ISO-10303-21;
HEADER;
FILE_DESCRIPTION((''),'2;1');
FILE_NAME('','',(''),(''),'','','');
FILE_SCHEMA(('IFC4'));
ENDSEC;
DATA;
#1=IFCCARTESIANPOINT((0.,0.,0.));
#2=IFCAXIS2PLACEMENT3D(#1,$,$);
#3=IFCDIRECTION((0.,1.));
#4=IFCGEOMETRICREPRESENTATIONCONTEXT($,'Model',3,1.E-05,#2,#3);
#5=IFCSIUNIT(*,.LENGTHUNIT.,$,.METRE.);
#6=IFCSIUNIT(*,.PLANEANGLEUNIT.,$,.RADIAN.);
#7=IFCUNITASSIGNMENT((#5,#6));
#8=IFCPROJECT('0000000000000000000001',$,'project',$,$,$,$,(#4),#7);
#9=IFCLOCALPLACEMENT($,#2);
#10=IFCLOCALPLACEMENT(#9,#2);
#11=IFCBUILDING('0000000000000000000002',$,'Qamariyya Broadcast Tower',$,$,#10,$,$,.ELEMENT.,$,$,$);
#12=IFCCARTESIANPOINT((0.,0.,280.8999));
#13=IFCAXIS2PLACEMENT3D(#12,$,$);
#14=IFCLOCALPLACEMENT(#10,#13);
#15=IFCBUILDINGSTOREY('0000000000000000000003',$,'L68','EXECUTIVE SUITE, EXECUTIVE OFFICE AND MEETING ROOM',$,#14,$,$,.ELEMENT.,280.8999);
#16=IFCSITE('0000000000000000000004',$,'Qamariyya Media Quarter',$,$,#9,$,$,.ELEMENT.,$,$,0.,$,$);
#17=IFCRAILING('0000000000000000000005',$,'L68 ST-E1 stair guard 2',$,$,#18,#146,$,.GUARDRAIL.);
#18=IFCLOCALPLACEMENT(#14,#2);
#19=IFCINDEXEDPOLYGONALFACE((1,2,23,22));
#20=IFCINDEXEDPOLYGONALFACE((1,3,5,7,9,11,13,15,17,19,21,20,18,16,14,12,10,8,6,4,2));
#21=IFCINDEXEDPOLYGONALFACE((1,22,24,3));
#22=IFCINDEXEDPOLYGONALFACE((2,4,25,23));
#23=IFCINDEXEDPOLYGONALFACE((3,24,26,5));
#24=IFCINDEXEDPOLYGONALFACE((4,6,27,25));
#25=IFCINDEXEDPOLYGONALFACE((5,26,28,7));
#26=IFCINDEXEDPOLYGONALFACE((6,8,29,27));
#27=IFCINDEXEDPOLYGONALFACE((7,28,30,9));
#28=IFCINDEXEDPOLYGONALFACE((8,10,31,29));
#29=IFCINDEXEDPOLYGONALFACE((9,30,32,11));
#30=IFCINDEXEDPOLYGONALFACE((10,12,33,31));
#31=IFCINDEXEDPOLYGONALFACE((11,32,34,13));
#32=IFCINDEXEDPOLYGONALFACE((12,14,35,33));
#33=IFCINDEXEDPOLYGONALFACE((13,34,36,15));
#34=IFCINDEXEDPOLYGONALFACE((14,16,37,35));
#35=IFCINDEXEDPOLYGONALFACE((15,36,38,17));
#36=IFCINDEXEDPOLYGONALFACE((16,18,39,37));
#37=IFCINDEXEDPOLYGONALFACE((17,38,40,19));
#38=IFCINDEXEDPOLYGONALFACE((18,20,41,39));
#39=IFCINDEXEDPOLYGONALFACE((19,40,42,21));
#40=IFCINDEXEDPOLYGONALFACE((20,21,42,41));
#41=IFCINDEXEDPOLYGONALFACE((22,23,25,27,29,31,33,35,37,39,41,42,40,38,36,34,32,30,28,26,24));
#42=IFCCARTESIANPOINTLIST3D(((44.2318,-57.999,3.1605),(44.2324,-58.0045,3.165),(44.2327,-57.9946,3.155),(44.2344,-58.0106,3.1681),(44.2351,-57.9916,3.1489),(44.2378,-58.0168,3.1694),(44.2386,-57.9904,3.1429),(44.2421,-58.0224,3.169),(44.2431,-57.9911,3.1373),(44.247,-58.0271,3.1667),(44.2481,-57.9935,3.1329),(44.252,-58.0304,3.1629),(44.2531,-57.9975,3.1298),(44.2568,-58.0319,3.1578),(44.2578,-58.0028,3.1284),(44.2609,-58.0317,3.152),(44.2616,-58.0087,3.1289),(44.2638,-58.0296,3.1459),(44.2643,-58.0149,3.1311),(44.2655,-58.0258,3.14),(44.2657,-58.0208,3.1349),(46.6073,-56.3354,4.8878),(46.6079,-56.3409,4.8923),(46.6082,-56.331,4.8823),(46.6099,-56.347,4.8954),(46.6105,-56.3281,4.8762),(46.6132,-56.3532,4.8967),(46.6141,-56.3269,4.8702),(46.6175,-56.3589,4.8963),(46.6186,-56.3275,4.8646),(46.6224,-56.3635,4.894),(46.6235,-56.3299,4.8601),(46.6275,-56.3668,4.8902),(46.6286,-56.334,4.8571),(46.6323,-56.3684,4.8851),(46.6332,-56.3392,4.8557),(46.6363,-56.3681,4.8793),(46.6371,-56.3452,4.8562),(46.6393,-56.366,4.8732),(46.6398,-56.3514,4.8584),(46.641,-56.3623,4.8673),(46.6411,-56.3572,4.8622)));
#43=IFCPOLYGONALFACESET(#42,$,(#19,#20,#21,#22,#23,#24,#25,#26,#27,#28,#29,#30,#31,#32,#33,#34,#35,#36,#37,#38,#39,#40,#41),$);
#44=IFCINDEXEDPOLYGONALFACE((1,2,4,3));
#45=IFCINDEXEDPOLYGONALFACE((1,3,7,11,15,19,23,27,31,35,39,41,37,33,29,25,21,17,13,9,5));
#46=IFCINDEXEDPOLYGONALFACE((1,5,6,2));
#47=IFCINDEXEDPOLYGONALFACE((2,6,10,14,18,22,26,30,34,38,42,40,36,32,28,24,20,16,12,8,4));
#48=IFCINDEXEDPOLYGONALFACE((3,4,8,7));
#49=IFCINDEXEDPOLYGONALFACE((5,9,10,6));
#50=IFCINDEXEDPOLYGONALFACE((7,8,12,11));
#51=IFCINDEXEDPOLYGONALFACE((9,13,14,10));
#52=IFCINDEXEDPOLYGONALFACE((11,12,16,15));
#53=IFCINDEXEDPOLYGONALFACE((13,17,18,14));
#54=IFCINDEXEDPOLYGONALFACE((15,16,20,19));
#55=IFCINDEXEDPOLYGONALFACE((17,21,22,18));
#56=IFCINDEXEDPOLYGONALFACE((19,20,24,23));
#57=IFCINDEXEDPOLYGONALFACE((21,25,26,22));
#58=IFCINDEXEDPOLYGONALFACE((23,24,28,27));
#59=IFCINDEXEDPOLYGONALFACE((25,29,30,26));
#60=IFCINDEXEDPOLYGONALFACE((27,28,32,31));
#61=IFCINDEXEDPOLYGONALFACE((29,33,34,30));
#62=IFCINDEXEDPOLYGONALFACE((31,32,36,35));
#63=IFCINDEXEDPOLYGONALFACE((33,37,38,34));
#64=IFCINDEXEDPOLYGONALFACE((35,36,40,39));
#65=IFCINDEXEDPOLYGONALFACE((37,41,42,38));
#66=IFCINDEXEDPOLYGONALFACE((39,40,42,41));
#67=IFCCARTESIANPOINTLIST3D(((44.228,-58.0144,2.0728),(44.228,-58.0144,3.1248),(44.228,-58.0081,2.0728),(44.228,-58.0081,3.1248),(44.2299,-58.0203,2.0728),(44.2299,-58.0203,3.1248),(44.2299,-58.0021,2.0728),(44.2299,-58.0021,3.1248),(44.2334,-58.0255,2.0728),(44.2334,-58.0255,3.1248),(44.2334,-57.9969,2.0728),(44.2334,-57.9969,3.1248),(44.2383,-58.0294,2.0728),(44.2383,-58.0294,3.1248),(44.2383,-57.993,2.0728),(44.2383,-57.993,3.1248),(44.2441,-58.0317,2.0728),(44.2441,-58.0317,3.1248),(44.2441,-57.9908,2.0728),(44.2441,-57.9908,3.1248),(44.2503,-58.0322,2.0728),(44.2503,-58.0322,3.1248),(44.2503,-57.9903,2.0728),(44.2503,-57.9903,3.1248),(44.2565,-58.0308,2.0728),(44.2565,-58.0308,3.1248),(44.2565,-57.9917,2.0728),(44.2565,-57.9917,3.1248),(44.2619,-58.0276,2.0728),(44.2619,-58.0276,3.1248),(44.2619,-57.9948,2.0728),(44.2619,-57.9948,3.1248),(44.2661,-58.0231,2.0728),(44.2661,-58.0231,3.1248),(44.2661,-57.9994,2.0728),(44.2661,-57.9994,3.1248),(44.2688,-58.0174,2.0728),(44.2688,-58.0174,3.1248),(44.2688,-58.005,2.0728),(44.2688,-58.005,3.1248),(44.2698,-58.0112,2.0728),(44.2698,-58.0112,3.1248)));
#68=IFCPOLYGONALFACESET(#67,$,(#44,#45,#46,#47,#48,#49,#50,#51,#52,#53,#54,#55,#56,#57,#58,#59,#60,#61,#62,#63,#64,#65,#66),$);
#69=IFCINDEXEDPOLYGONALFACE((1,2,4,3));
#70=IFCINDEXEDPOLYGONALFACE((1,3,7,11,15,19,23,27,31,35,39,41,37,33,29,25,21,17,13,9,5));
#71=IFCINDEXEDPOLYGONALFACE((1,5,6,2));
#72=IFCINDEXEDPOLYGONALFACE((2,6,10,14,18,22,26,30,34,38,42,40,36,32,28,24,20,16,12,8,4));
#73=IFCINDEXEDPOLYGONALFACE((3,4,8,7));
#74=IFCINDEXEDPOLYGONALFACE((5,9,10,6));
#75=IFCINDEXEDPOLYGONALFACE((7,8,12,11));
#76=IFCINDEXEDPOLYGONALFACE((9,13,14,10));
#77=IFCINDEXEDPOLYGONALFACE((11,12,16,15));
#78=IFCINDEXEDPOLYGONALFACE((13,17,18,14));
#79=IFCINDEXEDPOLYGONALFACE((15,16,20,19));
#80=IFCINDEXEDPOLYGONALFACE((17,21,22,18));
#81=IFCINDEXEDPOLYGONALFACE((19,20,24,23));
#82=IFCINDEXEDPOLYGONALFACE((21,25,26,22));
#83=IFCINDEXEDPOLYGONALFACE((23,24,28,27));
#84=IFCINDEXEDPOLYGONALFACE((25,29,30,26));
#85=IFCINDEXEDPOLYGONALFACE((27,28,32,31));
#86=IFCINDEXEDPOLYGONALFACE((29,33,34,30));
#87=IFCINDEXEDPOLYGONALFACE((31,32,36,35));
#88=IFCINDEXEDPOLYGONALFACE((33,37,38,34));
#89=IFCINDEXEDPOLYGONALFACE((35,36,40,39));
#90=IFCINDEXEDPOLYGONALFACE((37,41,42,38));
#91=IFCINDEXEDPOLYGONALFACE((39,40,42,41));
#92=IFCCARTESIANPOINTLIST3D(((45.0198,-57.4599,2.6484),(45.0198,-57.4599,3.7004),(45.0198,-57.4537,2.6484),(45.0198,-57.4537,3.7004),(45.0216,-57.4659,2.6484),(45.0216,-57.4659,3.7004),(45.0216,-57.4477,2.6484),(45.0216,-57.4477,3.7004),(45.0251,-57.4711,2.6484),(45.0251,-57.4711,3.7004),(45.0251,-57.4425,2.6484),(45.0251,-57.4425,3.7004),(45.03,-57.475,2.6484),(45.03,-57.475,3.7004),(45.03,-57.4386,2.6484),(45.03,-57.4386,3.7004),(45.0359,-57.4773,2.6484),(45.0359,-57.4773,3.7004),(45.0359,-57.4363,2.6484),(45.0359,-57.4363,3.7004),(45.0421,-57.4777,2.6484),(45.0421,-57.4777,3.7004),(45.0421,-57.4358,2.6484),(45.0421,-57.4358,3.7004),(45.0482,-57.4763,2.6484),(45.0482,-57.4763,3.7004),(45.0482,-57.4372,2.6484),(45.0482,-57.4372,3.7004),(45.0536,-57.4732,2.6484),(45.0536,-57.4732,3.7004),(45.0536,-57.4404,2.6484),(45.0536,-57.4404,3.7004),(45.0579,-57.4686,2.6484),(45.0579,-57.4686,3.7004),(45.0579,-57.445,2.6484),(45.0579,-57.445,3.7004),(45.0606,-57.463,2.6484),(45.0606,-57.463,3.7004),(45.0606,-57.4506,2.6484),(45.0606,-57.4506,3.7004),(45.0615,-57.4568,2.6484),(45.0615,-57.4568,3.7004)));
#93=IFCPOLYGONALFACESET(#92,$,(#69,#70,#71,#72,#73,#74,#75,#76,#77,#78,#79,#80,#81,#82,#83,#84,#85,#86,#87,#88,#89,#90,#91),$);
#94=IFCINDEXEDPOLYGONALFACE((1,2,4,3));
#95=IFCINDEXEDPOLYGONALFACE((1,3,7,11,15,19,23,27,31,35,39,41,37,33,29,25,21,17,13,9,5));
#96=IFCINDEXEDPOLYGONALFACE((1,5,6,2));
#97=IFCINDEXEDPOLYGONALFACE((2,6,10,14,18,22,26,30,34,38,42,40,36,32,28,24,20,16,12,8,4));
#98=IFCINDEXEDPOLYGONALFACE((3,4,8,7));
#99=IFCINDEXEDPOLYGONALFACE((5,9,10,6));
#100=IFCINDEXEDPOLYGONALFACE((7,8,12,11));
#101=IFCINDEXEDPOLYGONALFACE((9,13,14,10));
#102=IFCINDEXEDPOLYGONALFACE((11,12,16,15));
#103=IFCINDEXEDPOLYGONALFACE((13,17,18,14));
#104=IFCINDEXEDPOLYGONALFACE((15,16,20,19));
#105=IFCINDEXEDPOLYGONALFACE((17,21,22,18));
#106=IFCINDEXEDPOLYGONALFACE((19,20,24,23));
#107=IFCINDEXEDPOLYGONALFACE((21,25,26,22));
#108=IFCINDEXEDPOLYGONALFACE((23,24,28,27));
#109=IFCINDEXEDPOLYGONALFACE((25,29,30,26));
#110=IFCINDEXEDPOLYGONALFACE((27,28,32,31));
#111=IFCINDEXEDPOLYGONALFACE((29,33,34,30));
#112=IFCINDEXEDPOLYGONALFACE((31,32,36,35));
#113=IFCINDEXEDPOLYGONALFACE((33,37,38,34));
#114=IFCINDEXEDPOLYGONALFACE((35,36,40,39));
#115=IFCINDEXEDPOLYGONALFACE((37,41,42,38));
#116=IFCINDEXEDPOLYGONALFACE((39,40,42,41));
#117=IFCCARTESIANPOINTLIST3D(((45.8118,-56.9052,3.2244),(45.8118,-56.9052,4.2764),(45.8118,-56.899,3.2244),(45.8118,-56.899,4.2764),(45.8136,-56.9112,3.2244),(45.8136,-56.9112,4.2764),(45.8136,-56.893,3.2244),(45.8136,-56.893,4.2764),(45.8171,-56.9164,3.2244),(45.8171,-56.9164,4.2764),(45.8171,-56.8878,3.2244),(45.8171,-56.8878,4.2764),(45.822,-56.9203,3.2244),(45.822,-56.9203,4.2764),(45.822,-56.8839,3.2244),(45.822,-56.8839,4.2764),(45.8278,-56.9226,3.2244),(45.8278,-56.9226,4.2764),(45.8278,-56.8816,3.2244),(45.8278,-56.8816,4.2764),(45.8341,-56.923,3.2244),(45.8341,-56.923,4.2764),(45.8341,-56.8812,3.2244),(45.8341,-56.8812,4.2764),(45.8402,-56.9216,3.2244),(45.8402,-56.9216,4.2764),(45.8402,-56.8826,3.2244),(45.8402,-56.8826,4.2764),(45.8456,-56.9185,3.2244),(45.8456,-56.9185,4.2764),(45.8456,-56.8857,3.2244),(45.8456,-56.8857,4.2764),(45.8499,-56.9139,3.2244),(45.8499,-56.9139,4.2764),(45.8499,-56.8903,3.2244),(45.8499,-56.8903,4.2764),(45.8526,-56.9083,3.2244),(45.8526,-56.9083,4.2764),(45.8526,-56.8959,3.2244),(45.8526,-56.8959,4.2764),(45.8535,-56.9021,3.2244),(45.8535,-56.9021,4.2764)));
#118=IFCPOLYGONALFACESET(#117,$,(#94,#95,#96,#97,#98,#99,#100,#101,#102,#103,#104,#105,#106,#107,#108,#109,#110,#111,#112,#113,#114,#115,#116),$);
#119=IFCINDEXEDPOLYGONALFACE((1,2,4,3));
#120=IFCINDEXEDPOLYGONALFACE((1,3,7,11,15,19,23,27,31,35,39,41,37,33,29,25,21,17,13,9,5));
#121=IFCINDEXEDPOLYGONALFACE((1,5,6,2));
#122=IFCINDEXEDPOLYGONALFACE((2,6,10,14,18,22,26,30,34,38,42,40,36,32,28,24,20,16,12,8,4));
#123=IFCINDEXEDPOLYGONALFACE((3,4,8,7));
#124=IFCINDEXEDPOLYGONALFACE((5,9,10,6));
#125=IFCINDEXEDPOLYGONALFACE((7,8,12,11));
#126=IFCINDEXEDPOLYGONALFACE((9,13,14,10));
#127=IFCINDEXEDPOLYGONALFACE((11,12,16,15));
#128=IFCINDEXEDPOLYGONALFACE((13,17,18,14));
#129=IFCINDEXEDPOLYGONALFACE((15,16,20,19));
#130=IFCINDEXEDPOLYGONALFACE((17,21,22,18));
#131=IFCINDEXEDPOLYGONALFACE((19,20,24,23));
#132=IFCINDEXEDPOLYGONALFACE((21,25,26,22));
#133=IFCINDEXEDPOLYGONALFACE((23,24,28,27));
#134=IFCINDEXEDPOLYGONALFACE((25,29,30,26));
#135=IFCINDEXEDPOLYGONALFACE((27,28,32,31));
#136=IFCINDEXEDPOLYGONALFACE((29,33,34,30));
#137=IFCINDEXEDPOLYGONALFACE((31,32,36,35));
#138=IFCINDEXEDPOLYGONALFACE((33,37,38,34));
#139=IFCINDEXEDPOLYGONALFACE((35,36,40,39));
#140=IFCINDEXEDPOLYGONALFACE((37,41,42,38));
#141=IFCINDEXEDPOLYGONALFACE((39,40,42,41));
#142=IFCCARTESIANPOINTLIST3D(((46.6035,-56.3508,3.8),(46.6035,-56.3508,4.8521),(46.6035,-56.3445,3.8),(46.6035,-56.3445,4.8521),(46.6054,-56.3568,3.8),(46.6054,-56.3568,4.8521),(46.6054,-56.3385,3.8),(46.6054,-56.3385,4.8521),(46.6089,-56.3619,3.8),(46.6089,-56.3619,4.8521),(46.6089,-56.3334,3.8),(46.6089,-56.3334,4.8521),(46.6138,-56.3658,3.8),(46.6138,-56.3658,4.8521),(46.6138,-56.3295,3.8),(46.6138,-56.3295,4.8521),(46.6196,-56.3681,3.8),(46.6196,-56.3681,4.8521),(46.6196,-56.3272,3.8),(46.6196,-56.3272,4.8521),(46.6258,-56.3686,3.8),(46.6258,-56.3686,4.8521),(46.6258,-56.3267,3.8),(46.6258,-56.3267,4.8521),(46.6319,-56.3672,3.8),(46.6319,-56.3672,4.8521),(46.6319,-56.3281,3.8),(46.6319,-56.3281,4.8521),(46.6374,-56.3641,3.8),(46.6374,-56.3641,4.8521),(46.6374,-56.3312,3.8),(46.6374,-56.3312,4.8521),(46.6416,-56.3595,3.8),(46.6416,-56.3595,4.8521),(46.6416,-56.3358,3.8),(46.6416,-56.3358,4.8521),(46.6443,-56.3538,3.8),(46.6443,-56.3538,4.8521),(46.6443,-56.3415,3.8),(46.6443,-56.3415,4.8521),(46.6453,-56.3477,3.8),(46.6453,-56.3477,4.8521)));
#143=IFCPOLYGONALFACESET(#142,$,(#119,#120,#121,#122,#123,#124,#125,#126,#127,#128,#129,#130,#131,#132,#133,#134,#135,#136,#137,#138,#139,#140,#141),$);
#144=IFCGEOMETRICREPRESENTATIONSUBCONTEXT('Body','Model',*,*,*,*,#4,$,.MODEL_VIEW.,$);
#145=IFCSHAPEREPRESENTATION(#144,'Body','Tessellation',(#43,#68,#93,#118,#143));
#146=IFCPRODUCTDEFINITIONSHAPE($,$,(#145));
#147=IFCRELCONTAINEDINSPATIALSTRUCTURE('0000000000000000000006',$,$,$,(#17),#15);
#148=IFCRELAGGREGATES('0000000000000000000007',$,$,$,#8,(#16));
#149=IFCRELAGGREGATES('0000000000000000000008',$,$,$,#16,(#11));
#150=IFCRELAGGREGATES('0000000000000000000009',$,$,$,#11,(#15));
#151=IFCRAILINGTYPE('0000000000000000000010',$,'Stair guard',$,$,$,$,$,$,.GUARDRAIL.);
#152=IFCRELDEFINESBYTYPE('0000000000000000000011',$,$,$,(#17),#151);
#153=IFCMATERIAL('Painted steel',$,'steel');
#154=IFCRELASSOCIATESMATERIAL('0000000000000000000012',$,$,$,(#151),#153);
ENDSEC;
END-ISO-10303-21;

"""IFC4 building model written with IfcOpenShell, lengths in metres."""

from ifc_helpers import new_model, si_unit, direction, frame, origin, origin_2d, place, context, subcontext, project, spatial, circle, extrude, material, type_object, element, save


model = new_model("IFC4")

# Units and contexts
model_context = context("Model", 3, precision=1e-05, world=origin(), true_north=direction((0.0, 1.0)))
body_context = subcontext(model_context, "Body", "Model", "MODEL_VIEW")
ifc_project = project(units=[si_unit("LENGTHUNIT", "METRE"), si_unit("PLANEANGLEUNIT", "RADIAN")], contexts=[model_context])

# Site, building, storey
site_placement = place(None, origin())
site = spatial("IfcSite", under=ifc_project, at=site_placement, Name="Qamariyya Media Quarter", CompositionType="ELEMENT", RefElevation=0.0)
building_placement = place(site_placement, origin())
building = spatial("IfcBuilding", under=site, at=building_placement, Name="Qamariyya Broadcast Tower", CompositionType="ELEMENT")
storey_placement = place(building_placement, frame((0.0, 0.0, 280.8999)))
storey = spatial("IfcBuildingStorey", under=building, at=storey_placement, Name="L68", Description="EXECUTIVE SUITE, EXECUTIVE OFFICE AND MEETING ROOM", CompositionType="ELEMENT", Elevation=280.8999)

# Railing
ifc_material_1 = material(Name="Painted steel", Category="steel")
railing_type_1 = type_object("IfcRailingType", Name="Stair guard", PredefinedType="GUARDRAIL", material=ifc_material_1)
railing_1_placement = place(storey_placement, frame((44.2488, -58.0112, 2.0728)))
element("IfcRailing", 1, at=railing_1_placement, inside=storey, type_object=railing_type_1, Name="L68 ST-E1 stair guard 2", PredefinedType="GUARDRAIL", context=body_context, shape_type="SweptSolid", body=[
    extrude(circle(Radius=0.0239, at=origin_2d()), frame((0.0, 0.0, 1.0762), z_axis=(0.703745, 0.492838, 0.511716), x_axis=(-0.573632, 0.819113, 0.0)), (0.0, 0.0, 1.0), 3.3755),
    extrude(circle(Radius=0.021, at=origin_2d()), origin(), (0.0, 0.0, 1.0), 1.052),
    extrude(circle(Radius=0.021, at=origin_2d()), frame((0.7917, 0.5544, 0.5757)), (0.0, 0.0, 1.0), 1.052),
    extrude(circle(Radius=0.021, at=origin_2d()), frame((1.5837, 1.1091, 1.1516)), (0.0, 0.0, 1.0), 1.052),
    extrude(circle(Radius=0.021, at=origin_2d()), frame((2.3755, 1.6636, 1.7273)), (0.0, 0.0, 1.0), 1.052),
])

save(model, "model.ifc")
